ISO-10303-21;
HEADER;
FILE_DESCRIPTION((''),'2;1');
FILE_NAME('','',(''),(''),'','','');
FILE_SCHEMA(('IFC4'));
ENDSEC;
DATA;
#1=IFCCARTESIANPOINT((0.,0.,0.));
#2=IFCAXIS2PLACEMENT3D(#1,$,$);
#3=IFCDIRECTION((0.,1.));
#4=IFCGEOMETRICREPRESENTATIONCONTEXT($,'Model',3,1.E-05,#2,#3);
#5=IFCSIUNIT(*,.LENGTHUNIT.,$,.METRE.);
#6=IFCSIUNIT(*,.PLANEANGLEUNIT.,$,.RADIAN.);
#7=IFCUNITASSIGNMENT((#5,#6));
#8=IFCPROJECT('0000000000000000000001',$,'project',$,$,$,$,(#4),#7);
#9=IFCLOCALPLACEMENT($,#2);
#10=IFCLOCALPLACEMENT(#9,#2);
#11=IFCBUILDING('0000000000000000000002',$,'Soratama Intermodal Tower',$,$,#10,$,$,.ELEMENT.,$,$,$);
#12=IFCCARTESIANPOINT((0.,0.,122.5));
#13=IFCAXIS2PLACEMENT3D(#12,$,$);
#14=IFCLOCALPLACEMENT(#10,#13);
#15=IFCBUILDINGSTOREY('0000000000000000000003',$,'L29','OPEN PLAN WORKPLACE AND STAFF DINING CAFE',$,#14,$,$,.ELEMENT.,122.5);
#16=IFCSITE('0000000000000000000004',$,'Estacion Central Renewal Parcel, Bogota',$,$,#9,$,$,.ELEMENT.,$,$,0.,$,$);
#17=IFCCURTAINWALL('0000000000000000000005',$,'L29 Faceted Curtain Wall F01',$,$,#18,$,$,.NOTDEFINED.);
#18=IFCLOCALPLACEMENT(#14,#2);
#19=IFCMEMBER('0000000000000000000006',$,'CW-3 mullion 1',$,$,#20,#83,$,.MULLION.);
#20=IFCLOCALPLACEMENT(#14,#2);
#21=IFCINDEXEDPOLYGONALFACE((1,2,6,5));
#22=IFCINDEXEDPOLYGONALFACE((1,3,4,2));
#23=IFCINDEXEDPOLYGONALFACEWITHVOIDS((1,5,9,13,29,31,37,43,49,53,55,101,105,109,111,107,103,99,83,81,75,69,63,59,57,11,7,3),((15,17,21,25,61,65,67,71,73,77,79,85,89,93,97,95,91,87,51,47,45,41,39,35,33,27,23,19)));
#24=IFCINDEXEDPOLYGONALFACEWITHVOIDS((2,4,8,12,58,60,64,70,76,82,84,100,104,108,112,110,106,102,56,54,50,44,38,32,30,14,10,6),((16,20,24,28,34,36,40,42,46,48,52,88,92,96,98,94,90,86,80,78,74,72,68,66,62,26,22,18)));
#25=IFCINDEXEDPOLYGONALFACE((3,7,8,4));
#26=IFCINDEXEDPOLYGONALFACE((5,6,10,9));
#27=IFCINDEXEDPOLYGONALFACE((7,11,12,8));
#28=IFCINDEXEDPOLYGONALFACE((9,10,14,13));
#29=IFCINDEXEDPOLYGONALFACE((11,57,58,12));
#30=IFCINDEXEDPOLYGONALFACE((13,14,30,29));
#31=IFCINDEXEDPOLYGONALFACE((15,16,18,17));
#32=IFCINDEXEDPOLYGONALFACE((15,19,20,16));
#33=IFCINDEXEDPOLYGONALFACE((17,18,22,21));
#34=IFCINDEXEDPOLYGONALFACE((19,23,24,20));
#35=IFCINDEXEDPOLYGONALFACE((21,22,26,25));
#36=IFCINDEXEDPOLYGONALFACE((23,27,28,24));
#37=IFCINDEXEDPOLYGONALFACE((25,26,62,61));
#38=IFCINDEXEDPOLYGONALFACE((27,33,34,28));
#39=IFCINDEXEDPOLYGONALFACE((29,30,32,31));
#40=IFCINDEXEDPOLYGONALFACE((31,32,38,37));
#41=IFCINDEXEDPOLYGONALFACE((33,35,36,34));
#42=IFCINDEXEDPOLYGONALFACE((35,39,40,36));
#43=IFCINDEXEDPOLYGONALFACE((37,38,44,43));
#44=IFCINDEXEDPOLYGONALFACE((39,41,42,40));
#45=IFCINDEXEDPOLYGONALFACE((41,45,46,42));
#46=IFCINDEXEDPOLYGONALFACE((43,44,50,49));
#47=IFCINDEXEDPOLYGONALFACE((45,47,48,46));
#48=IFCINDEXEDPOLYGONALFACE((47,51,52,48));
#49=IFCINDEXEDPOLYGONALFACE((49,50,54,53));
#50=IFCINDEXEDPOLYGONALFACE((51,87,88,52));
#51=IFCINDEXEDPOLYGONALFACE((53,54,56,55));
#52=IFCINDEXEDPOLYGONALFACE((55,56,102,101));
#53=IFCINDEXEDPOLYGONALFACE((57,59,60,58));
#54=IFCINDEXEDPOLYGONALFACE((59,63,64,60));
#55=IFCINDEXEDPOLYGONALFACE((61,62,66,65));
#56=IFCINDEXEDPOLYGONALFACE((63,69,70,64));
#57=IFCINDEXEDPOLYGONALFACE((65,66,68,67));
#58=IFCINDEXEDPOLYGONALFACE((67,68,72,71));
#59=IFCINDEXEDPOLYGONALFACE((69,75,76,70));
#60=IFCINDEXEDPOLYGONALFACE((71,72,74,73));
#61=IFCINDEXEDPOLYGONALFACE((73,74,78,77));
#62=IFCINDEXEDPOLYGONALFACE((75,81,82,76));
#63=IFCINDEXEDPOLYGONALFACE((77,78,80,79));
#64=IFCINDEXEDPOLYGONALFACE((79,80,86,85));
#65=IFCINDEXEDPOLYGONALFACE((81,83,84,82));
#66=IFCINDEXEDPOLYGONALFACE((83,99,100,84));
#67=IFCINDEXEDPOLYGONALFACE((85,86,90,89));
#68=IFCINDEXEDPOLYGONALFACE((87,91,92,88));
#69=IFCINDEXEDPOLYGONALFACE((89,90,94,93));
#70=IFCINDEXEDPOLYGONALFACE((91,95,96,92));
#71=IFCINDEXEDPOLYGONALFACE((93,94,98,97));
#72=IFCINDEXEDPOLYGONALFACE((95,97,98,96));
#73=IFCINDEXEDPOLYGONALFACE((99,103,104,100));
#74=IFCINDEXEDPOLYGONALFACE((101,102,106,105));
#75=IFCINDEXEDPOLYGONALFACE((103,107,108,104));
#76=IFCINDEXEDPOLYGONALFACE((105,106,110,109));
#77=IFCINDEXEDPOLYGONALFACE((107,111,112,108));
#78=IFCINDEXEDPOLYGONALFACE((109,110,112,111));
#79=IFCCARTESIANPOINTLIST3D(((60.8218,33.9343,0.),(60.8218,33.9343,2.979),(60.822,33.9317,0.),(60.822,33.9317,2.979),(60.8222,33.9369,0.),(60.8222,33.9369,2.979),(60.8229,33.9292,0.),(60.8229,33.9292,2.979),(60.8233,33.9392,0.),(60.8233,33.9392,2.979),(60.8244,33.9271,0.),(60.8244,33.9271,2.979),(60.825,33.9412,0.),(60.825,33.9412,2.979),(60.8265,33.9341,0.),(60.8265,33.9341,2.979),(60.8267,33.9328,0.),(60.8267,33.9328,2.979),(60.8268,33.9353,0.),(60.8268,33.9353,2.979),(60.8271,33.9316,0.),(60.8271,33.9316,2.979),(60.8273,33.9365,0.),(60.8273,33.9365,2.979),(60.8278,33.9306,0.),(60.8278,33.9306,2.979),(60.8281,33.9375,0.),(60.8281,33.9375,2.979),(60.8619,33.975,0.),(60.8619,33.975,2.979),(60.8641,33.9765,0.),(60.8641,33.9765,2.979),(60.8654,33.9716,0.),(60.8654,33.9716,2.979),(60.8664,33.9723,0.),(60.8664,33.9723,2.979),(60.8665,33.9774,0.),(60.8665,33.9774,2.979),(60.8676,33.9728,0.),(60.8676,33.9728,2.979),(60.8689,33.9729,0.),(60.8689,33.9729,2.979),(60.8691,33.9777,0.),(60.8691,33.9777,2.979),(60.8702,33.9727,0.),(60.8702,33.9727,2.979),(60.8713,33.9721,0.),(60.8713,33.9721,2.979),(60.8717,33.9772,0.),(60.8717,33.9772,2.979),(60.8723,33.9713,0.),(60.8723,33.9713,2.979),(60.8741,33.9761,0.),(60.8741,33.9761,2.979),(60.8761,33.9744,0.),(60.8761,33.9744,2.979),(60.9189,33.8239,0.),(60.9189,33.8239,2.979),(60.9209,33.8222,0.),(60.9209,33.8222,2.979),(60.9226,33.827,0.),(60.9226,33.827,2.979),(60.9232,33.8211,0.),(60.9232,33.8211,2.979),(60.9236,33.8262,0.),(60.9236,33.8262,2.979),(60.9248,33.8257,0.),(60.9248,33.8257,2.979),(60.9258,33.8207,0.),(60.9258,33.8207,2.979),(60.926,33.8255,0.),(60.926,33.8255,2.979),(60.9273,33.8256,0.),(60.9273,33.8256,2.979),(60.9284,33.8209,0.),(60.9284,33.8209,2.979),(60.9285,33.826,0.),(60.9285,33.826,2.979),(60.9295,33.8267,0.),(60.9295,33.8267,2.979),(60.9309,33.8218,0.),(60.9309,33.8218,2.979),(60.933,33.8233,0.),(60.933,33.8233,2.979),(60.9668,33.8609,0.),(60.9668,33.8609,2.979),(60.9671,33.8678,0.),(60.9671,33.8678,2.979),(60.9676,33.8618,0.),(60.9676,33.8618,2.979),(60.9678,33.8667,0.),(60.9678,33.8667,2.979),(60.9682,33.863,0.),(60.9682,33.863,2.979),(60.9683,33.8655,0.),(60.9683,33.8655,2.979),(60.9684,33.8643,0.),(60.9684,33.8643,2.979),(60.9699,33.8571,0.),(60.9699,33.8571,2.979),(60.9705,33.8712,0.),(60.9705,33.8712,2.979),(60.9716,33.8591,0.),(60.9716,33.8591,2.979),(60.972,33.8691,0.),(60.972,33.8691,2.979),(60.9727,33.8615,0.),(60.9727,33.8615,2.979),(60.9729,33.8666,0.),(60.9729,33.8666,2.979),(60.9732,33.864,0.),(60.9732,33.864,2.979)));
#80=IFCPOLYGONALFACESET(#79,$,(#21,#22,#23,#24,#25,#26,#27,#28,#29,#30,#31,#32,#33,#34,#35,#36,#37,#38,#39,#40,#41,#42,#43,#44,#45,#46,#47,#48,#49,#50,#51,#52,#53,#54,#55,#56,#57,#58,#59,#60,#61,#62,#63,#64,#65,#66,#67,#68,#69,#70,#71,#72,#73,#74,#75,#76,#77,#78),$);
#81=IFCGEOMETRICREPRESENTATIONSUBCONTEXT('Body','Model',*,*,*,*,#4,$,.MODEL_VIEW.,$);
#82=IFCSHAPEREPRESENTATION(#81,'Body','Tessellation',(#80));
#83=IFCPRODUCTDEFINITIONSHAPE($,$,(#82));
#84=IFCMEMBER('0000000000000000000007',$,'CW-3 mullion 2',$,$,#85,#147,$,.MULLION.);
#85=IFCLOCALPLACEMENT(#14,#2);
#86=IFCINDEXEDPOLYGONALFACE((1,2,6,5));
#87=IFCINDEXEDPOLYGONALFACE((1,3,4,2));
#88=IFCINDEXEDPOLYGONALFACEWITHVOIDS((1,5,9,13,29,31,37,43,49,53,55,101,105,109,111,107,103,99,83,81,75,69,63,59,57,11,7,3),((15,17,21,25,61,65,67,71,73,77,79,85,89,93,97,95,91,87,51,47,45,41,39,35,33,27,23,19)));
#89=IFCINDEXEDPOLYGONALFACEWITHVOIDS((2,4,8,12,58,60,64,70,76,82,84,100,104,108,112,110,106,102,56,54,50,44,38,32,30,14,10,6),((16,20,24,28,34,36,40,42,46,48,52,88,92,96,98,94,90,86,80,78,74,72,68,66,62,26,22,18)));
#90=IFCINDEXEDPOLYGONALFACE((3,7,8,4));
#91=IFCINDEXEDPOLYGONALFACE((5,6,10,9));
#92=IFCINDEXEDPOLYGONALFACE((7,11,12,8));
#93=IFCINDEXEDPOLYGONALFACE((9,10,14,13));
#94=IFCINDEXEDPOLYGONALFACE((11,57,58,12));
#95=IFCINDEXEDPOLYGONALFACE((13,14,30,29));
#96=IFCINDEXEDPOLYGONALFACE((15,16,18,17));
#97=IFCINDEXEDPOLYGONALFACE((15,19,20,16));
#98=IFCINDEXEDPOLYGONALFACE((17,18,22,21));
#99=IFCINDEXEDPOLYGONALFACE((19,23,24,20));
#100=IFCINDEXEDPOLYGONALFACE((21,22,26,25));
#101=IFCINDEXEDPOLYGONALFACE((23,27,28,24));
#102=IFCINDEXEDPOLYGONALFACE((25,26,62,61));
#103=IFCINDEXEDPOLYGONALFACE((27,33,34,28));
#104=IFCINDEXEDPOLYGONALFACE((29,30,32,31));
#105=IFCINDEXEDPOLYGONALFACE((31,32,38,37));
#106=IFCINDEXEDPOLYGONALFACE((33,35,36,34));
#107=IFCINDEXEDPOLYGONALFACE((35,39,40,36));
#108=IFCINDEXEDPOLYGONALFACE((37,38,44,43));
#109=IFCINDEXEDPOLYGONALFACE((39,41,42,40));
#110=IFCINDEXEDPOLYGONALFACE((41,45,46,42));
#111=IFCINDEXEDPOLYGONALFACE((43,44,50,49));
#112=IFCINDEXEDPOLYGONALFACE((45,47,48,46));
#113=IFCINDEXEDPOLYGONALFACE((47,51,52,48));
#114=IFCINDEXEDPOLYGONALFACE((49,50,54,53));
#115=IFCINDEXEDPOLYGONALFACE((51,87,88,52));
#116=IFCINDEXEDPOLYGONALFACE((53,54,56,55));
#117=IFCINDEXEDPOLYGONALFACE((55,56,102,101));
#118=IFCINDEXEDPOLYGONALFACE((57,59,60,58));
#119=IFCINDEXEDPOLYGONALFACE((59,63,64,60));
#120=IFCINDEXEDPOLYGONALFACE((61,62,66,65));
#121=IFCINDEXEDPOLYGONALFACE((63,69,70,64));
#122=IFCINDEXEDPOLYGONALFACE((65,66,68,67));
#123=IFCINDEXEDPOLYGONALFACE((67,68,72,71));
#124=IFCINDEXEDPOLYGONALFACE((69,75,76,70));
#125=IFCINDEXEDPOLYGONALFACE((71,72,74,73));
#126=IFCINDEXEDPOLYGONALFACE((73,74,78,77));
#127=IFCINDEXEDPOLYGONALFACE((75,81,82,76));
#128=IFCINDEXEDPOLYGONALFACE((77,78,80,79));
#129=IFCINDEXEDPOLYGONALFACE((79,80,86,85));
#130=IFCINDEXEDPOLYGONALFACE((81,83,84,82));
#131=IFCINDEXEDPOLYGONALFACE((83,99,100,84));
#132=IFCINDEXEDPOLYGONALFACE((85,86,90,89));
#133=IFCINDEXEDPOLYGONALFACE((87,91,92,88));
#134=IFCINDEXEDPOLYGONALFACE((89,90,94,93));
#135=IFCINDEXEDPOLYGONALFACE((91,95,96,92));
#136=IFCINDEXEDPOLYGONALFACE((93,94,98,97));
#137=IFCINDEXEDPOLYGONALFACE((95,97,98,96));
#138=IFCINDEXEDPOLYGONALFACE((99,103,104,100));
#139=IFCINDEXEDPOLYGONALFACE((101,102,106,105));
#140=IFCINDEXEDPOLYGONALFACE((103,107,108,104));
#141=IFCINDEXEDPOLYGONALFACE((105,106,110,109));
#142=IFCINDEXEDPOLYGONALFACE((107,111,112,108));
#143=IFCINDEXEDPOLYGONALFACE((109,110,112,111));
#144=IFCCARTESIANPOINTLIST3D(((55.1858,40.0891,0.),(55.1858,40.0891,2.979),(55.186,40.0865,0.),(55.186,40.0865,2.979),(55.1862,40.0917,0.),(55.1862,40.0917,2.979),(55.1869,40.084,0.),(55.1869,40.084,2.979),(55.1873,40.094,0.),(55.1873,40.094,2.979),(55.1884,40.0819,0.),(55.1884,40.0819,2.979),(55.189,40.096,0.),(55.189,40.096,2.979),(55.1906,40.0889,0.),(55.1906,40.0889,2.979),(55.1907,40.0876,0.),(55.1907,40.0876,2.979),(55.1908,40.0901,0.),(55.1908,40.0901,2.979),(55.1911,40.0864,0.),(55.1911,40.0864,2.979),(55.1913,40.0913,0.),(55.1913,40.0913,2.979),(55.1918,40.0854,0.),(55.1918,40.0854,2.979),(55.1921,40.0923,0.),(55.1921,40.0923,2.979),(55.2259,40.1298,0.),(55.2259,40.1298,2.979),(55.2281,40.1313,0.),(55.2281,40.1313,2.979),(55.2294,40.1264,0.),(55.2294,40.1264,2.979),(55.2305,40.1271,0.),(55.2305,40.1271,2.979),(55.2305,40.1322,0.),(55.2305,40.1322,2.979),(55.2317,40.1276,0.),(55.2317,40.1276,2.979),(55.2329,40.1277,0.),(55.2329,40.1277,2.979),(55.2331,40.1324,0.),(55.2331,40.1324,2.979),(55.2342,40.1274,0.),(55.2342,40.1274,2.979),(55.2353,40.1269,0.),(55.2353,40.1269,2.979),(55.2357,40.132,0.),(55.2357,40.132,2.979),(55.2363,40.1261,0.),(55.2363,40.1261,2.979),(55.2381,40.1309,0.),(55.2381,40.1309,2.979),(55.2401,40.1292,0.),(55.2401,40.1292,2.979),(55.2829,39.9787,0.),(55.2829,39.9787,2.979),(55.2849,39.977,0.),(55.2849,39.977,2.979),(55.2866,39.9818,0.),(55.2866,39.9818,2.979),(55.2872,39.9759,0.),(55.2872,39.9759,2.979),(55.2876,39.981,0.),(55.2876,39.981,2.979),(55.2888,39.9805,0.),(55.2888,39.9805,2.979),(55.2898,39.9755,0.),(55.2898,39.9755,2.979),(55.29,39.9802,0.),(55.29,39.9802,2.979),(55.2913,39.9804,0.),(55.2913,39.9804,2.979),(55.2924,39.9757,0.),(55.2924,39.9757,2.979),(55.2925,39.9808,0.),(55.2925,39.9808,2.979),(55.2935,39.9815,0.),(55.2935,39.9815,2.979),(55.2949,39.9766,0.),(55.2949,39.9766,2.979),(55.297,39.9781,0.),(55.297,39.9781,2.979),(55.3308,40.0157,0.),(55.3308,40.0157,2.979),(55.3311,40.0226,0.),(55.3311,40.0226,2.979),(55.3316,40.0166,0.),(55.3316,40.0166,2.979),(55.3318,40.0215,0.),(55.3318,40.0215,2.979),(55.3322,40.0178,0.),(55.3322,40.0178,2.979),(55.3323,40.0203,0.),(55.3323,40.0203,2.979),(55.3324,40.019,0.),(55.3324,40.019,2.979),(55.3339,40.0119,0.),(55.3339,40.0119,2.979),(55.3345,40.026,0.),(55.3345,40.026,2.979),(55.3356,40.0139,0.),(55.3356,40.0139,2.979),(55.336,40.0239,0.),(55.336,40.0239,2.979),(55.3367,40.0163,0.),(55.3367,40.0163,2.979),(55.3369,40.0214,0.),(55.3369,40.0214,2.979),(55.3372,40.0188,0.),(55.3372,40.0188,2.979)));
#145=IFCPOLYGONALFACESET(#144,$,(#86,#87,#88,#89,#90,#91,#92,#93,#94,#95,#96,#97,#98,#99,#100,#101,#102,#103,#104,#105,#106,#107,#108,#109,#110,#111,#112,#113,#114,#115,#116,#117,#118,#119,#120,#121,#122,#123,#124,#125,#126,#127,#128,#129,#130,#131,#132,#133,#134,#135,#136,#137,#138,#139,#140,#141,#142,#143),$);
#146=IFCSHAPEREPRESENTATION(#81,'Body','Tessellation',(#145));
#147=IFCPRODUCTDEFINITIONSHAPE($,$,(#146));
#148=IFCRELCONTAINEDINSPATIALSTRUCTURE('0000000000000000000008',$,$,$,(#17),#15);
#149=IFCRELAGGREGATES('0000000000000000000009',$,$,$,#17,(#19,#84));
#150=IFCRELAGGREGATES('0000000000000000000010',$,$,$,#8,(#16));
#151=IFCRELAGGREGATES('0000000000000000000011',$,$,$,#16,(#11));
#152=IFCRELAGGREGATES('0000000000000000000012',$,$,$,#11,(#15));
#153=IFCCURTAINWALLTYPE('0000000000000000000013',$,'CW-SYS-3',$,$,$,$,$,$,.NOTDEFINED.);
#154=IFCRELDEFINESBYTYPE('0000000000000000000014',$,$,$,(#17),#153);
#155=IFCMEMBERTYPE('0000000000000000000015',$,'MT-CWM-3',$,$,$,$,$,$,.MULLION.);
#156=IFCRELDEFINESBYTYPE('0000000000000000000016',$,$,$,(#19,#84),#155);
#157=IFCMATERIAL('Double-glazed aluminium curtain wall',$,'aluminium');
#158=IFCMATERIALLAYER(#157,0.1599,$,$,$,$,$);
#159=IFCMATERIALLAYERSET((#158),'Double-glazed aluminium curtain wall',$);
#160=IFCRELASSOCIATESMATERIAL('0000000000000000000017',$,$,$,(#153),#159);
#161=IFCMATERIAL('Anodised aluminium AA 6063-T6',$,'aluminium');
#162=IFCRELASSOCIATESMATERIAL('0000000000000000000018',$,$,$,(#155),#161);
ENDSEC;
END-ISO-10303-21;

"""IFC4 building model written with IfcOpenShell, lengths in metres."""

from ifc_helpers import new_model, si_unit, direction, frame, origin, origin_2d, place, context, subcontext, project, spatial, hollow_rectangle, extrude, material, layer, layer_set, material_profile, profile_set, type_object, element, aggregate, save


model = new_model("IFC4")

# Units and contexts
model_context = context("Model", 3, precision=1e-05, world=origin(), true_north=direction((0.0, 1.0)))
body_context = subcontext(model_context, "Body", "Model", "MODEL_VIEW")
ifc_project = project(units=[si_unit("LENGTHUNIT", "METRE"), si_unit("PLANEANGLEUNIT", "RADIAN")], contexts=[model_context])

# Site, building, storey
site_placement = place(None, origin())
site = spatial("IfcSite", under=ifc_project, at=site_placement, Name="Estacion Central Renewal Parcel, Bogota", CompositionType="ELEMENT", RefElevation=0.0)
building_placement = place(site_placement, origin())
building = spatial("IfcBuilding", under=site, at=building_placement, Name="Soratama Intermodal Tower", CompositionType="ELEMENT")
storey_placement = place(building_placement, frame((0.0, 0.0, 122.5)))
storey = spatial("IfcBuildingStorey", under=building, at=storey_placement, Name="L29", Description="OPEN PLAN WORKPLACE AND STAFF DINING CAFE", CompositionType="ELEMENT", Elevation=122.5)

# Curtain wall, members
ifc_material_1 = material(Name="Double-glazed aluminium curtain wall", Category="aluminium")
ifc_layer_1 = layer(ifc_material_1, 0.1599)
ifc_layer_set_1 = layer_set([ifc_layer_1], Name="Double-glazed aluminium curtain wall")
curtain_wall_type = type_object("IfcCurtainWallType", Name="CW-SYS-3", PredefinedType="NOTDEFINED", material=ifc_layer_set_1)
curtain_wall_1_placement = place(storey_placement, origin())
curtain_wall_1 = element("IfcCurtainWall", 1, at=curtain_wall_1_placement, inside=storey, type_object=curtain_wall_type, Name="L29 Faceted Curtain Wall F01", PredefinedType="NOTDEFINED")
ifc_material_2 = material(Name="Anodised aluminium AA 6063-T6", Category="aluminium")
ifc_material_profile_1 = material_profile(ifc_material_2, hollow_rectangle(XDim=0.0701, YDim=0.1599, WallThickness=0.0049, InnerFilletRadius=0.0049, OuterFilletRadius=0.01, at=origin_2d()), Name="CWM160X70X5")
ifc_profile_set_1 = profile_set([ifc_material_profile_1], Name="Anodised aluminium AA 6063-T6")
member_type_1 = type_object("IfcMemberType", Name="MT-CWM-3", PredefinedType="MULLION", material=ifc_profile_set_1)
member_1_placement = place(storey_placement, frame((60.8975, 33.8992, 0.0), z_axis=(0.0, 0.0, 1.0), x_axis=(-0.737516, -0.67533, 0.0)))
member_1 = element("IfcMember", 2, at=member_1_placement, type_object=member_type_1, Name="CW-3 mullion 1", PredefinedType="MULLION", context=body_context, shape_type="SweptSolid", body=[
    extrude(hollow_rectangle(XDim=0.0701, YDim=0.1599, WallThickness=0.0049, InnerFilletRadius=0.0049, OuterFilletRadius=0.01, at=origin_2d()), origin(), (0.0, 0.0, 1.0), 2.979),
])
member_2_placement = place(storey_placement, frame((55.2615, 40.054, 0.0), z_axis=(0.0, 0.0, 1.0), x_axis=(-0.737516, -0.67533, 0.0)))
member_2 = element("IfcMember", 3, at=member_2_placement, type_object=member_type_1, Name="CW-3 mullion 2", PredefinedType="MULLION", context=body_context, shape_type="SweptSolid", body=[
    extrude(hollow_rectangle(XDim=0.0701, YDim=0.1599, WallThickness=0.0049, InnerFilletRadius=0.0049, OuterFilletRadius=0.01, at=origin_2d()), origin(), (0.0, 0.0, 1.0), 2.979),
])

aggregate(curtain_wall_1, [member_1, member_2])

save(model, "model.ifc")
